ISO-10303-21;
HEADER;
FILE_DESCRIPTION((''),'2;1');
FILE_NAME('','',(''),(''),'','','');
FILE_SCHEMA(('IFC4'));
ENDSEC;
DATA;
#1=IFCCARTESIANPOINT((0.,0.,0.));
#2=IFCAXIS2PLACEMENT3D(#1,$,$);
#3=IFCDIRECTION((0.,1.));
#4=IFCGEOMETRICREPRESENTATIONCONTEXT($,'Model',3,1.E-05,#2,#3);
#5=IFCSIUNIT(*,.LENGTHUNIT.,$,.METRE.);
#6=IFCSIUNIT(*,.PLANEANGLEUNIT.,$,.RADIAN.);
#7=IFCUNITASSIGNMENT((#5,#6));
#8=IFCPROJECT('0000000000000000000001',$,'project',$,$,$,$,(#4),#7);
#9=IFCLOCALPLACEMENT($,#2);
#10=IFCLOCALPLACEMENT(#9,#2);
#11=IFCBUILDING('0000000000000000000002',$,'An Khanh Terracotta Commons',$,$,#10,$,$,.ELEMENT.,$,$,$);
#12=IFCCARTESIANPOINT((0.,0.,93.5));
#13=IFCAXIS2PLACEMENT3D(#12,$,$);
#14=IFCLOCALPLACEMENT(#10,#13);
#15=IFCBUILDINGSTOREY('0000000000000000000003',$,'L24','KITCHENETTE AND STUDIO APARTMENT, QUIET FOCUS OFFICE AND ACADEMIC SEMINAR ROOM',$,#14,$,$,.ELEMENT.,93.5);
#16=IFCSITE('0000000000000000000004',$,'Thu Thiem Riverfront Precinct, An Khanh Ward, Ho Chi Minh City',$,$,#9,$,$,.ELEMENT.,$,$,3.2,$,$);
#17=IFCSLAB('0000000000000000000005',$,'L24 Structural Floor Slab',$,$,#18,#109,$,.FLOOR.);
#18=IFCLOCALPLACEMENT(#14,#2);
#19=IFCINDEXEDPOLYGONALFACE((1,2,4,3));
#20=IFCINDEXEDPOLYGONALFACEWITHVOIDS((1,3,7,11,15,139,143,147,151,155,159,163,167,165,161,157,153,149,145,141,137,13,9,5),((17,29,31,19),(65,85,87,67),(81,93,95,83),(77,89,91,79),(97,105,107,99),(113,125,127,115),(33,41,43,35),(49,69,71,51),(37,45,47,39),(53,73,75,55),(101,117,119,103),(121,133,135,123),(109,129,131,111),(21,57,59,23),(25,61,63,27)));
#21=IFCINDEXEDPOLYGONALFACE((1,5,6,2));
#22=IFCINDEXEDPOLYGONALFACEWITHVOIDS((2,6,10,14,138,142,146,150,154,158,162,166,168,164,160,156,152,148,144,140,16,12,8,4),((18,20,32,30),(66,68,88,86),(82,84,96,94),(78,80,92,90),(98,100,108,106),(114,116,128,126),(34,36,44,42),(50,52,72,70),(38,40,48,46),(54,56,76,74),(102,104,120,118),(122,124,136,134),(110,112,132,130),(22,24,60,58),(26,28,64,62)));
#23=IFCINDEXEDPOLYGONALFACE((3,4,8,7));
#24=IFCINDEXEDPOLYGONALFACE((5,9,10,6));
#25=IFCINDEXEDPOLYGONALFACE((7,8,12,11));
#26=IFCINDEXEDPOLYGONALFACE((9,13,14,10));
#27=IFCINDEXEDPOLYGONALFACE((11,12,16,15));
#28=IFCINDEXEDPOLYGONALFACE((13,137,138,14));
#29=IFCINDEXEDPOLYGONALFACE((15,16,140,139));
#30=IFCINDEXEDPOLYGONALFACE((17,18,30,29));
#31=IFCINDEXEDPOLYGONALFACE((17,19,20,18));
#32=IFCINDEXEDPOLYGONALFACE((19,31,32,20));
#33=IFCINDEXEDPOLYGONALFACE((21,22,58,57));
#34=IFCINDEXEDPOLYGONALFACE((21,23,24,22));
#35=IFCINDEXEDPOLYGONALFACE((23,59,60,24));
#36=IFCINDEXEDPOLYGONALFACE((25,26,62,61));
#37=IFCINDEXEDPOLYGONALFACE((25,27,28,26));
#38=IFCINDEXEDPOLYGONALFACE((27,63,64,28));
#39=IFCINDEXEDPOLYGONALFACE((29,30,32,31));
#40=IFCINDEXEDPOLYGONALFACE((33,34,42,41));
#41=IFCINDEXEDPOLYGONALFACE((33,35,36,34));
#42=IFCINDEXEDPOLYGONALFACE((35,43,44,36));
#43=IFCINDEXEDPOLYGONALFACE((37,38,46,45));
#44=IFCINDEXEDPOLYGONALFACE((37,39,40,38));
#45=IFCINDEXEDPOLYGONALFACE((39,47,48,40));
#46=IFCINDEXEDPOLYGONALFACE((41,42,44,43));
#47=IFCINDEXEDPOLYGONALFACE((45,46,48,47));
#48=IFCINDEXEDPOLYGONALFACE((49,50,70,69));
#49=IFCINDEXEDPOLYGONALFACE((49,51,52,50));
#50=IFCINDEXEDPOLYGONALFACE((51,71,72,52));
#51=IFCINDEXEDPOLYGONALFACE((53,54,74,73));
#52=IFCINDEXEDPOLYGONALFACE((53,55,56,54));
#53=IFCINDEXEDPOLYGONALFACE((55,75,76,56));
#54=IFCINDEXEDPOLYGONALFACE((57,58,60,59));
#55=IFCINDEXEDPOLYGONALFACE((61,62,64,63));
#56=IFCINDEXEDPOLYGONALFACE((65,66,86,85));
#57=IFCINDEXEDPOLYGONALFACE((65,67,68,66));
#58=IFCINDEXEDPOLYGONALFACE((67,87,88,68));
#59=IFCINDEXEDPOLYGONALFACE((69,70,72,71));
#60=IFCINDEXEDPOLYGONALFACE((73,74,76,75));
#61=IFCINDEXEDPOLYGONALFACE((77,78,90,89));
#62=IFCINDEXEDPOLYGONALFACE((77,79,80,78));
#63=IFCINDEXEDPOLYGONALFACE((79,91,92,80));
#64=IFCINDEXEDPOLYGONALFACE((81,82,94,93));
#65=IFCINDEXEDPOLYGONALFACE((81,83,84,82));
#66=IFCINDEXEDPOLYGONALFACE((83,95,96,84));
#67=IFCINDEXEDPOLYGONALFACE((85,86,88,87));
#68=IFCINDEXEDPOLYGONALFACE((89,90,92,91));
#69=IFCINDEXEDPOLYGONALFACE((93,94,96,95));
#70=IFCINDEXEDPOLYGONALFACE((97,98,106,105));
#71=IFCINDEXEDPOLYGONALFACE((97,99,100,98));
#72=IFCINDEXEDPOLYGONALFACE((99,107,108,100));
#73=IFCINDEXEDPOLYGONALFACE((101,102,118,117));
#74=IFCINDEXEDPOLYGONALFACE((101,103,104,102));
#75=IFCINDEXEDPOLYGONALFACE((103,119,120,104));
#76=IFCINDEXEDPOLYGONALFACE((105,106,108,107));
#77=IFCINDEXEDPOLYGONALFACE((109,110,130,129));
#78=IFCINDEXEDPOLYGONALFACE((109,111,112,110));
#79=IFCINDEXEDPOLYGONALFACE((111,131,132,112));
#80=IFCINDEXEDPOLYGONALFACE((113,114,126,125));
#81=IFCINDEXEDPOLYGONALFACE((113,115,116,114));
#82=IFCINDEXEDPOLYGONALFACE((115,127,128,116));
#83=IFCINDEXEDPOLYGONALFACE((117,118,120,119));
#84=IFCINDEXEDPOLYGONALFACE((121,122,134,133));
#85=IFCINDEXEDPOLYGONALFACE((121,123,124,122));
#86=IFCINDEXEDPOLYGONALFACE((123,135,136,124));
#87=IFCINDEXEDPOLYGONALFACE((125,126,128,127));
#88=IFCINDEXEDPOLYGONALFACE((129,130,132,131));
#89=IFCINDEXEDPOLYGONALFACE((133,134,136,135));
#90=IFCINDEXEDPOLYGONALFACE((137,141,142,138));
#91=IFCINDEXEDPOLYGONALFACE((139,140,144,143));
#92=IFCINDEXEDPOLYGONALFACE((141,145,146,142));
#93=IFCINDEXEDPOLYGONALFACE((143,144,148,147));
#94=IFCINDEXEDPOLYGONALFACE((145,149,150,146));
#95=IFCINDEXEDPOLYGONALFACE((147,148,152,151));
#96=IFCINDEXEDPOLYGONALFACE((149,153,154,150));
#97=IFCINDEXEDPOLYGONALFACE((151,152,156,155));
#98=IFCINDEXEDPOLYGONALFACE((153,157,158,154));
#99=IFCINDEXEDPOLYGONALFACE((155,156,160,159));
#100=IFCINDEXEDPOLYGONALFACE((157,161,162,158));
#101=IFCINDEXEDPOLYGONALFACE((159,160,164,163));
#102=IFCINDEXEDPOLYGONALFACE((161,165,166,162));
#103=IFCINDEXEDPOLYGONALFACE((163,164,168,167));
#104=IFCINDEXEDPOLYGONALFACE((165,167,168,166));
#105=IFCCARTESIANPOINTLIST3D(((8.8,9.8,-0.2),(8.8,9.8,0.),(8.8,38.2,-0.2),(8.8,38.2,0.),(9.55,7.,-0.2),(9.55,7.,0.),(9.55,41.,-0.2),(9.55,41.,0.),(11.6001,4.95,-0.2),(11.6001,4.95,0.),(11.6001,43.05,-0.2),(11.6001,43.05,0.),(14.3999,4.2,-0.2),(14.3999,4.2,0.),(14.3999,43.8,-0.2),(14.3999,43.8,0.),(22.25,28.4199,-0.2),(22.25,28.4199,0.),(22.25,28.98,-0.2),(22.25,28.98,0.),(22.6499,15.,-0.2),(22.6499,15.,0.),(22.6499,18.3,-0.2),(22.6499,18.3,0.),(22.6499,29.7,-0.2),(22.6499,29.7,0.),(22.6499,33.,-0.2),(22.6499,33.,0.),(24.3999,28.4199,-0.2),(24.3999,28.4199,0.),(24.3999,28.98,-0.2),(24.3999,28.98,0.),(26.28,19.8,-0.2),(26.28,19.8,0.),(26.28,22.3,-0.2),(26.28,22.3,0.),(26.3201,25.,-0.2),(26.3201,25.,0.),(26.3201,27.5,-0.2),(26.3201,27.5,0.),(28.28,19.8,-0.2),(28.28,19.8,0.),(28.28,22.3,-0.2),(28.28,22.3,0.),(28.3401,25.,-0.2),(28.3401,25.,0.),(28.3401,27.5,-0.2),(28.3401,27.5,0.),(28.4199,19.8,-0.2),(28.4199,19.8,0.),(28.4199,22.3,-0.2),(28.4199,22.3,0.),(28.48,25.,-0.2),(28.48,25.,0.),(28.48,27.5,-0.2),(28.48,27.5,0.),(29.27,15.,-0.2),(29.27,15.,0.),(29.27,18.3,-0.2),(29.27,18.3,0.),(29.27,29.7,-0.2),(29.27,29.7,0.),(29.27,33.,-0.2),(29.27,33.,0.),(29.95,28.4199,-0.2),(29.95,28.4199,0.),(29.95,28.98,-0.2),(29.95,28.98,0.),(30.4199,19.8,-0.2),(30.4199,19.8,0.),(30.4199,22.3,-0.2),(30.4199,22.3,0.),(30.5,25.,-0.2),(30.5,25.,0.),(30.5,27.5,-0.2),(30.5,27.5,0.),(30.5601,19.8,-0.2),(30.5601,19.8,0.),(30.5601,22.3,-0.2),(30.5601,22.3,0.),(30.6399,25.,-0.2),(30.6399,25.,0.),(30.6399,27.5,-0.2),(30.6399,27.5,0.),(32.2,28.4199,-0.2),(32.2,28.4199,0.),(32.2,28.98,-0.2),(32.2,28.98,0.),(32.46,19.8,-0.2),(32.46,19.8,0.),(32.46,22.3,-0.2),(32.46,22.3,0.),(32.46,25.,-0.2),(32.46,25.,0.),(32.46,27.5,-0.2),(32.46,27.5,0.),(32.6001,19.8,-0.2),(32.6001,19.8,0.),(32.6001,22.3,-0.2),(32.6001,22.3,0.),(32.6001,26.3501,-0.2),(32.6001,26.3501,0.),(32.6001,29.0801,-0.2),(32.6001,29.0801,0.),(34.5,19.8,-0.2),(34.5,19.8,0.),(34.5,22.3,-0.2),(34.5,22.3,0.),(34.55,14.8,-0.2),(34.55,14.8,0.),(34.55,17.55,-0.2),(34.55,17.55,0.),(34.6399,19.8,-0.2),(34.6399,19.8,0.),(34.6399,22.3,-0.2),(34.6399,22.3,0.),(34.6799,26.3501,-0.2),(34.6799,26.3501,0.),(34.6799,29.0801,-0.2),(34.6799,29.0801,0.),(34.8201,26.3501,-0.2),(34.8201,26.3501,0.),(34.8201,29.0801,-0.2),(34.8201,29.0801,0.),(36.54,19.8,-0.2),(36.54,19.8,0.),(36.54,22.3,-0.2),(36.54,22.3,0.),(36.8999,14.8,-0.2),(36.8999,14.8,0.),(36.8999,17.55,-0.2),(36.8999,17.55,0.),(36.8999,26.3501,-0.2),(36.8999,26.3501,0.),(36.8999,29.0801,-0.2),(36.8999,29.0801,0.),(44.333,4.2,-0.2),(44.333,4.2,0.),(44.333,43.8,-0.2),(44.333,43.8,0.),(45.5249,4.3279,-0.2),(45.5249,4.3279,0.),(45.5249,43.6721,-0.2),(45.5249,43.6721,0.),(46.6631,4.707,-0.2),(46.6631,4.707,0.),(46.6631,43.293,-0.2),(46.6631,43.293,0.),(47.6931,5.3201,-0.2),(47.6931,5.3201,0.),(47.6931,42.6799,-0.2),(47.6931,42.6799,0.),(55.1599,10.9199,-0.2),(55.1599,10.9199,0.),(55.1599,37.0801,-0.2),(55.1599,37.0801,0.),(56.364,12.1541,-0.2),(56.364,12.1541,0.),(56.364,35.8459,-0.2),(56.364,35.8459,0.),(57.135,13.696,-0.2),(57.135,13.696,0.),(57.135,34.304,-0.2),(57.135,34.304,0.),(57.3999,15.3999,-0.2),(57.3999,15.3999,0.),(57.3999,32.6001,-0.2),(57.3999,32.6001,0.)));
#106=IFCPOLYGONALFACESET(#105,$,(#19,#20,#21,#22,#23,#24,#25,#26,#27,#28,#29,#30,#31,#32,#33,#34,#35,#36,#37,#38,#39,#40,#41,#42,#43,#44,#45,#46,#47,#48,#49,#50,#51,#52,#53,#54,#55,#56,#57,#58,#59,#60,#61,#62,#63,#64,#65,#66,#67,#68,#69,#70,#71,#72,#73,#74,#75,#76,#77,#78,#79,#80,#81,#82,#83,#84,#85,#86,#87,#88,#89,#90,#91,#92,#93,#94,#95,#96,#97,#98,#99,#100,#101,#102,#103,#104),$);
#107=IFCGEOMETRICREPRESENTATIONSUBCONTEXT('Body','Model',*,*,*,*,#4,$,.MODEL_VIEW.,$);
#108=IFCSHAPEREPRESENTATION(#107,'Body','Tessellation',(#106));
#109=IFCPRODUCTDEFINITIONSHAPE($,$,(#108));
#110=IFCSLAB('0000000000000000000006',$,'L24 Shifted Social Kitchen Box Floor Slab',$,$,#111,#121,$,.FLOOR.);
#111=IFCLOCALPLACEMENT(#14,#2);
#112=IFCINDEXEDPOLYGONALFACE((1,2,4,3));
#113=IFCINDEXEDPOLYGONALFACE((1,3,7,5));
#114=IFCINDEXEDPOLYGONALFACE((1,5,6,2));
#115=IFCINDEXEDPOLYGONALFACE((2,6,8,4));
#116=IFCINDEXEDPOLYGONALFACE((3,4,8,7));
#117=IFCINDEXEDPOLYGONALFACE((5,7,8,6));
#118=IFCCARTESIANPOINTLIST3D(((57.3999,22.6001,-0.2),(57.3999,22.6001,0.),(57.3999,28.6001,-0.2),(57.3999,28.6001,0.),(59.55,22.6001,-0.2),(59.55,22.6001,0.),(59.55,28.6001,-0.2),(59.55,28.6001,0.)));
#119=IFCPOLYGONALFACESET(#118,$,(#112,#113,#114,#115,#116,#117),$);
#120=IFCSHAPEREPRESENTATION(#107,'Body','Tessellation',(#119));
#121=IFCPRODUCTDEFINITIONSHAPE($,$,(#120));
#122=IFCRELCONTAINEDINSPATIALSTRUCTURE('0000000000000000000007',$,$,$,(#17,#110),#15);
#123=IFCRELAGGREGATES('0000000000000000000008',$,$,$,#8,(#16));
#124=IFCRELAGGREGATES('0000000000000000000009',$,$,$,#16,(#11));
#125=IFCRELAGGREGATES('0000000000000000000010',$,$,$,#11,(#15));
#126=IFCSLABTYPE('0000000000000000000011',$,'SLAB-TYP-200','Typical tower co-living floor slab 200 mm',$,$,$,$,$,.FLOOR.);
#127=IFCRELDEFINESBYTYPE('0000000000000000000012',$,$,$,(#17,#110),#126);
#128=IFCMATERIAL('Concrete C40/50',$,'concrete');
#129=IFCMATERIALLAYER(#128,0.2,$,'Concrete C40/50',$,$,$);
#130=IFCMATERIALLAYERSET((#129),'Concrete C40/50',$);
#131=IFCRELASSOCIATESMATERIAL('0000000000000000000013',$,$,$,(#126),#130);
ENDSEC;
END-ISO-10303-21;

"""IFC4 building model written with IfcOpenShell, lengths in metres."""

from ifc_helpers import new_model, si_unit, direction, frame, origin, place, context, subcontext, project, spatial, polyline, outline, extrude, material, layer, layer_set, type_object, element, save


model = new_model("IFC4")

# Units and contexts
model_context = context("Model", 3, precision=1e-05, world=origin(), true_north=direction((0.0, 1.0)))
body_context = subcontext(model_context, "Body", "Model", "MODEL_VIEW")
ifc_project = project(units=[si_unit("LENGTHUNIT", "METRE"), si_unit("PLANEANGLEUNIT", "RADIAN")], contexts=[model_context])

# Site, building, storey
site_placement = place(None, origin())
site = spatial("IfcSite", under=ifc_project, at=site_placement, Name="Thu Thiem Riverfront Precinct, An Khanh Ward, Ho Chi Minh City", CompositionType="ELEMENT", RefElevation=3.2)
building_placement = place(site_placement, origin())
building = spatial("IfcBuilding", under=site, at=building_placement, Name="An Khanh Terracotta Commons", CompositionType="ELEMENT")
storey_placement = place(building_placement, frame((0.0, 0.0, 93.5)))
storey = spatial("IfcBuildingStorey", under=building, at=storey_placement, Name="L24", Description="KITCHENETTE AND STUDIO APARTMENT, QUIET FOCUS OFFICE AND ACADEMIC SEMINAR ROOM", CompositionType="ELEMENT", Elevation=93.5)

# Shared definitions
ifc_material_1 = material(Name="Concrete C40/50", Category="concrete")

# Slabs
ifc_layer_1 = layer(ifc_material_1, 0.2, Name="Concrete C40/50")
ifc_layer_set_1 = layer_set([ifc_layer_1], Name="Concrete C40/50")
slab_type_1 = type_object("IfcSlabType", Name="SLAB-TYP-200", Description="Typical tower co-living floor slab 200 mm", PredefinedType="FLOOR", material=ifc_layer_set_1)
slab_1_placement = place(storey_placement, frame((0.0, 0.0, -0.2)))
element("IfcSlab", 1, at=slab_1_placement, inside=storey, type_object=slab_type_1, Name="L24 Structural Floor Slab", PredefinedType="FLOOR", context=body_context, shape_type="SweptSolid", body=[
    extrude(outline(polyline([(8.8, 9.8), (9.55, 7.0), (11.6001, 4.95), (14.3999, 4.2), (44.333, 4.2), (45.5249, 4.3279), (46.6631, 4.707), (47.6931, 5.3201), (55.1599, 10.9199), (56.364, 12.1541), (57.135, 13.696), (57.3999, 15.3999), (57.3999, 32.6001), (57.135, 34.304), (56.364, 35.8459), (55.1599, 37.0801), (47.6931, 42.6799), (46.6631, 43.293), (45.5249, 43.6721), (44.333, 43.8), (14.3999, 43.8), (11.6001, 43.05), (9.55, 41.0), (8.8, 38.2), (8.8, 9.8)]), holes=[polyline([(22.6499, 29.7), (29.27, 29.7), (29.27, 33.0), (22.6499, 33.0), (22.6499, 29.7)]), polyline([(22.6499, 15.0), (29.27, 15.0), (29.27, 18.3), (22.6499, 18.3), (22.6499, 15.0)]), polyline([(32.6001, 26.3501), (34.6799, 26.3501), (34.6799, 29.0801), (32.6001, 29.0801), (32.6001, 26.3501)]), polyline([(34.8201, 26.3501), (36.8999, 26.3501), (36.8999, 29.0801), (34.8201, 29.0801), (34.8201, 26.3501)]), polyline([(34.55, 14.8), (36.8999, 14.8), (36.8999, 17.55), (34.55, 17.55), (34.55, 14.8)]), polyline([(26.3201, 25.0), (28.3401, 25.0), (28.3401, 27.5), (26.3201, 27.5), (26.3201, 25.0)]), polyline([(28.48, 25.0), (30.5, 25.0), (30.5, 27.5), (28.48, 27.5), (28.48, 25.0)]), polyline([(26.28, 19.8), (28.28, 19.8), (28.28, 22.3), (26.28, 22.3), (26.28, 19.8)]), polyline([(28.4199, 19.8), (30.4199, 19.8), (30.4199, 22.3), (28.4199, 22.3), (28.4199, 19.8)]), polyline([(30.6399, 25.0), (32.46, 25.0), (32.46, 27.5), (30.6399, 27.5), (30.6399, 25.0)]), polyline([(30.5601, 19.8), (32.46, 19.8), (32.46, 22.3), (30.5601, 22.3), (30.5601, 19.8)]), polyline([(32.6001, 19.8), (34.5, 19.8), (34.5, 22.3), (32.6001, 22.3), (32.6001, 19.8)]), polyline([(34.6399, 19.8), (36.54, 19.8), (36.54, 22.3), (34.6399, 22.3), (34.6399, 19.8)]), polyline([(22.25, 28.4199), (24.3999, 28.4199), (24.3999, 28.98), (22.25, 28.98), (22.25, 28.4199)]), polyline([(29.95, 28.4199), (32.2, 28.4199), (32.2, 28.98), (29.95, 28.98), (29.95, 28.4199)])]), origin(), (0.0, 0.0, 1.0), 0.2),
])
slab_2_placement = place(storey_placement, frame((0.0, 0.0, -0.2)))
element("IfcSlab", 2, at=slab_2_placement, inside=storey, type_object=slab_type_1, Name="L24 Shifted Social Kitchen Box Floor Slab", PredefinedType="FLOOR", context=body_context, shape_type="SweptSolid", body=[
    extrude(outline(polyline([(57.3999, 22.6001), (59.55, 22.6001), (59.55, 28.6001), (57.3999, 28.6001), (57.3999, 22.6001)])), origin(), (0.0, 0.0, 1.0), 0.2),
])

save(model, "model.ifc")
